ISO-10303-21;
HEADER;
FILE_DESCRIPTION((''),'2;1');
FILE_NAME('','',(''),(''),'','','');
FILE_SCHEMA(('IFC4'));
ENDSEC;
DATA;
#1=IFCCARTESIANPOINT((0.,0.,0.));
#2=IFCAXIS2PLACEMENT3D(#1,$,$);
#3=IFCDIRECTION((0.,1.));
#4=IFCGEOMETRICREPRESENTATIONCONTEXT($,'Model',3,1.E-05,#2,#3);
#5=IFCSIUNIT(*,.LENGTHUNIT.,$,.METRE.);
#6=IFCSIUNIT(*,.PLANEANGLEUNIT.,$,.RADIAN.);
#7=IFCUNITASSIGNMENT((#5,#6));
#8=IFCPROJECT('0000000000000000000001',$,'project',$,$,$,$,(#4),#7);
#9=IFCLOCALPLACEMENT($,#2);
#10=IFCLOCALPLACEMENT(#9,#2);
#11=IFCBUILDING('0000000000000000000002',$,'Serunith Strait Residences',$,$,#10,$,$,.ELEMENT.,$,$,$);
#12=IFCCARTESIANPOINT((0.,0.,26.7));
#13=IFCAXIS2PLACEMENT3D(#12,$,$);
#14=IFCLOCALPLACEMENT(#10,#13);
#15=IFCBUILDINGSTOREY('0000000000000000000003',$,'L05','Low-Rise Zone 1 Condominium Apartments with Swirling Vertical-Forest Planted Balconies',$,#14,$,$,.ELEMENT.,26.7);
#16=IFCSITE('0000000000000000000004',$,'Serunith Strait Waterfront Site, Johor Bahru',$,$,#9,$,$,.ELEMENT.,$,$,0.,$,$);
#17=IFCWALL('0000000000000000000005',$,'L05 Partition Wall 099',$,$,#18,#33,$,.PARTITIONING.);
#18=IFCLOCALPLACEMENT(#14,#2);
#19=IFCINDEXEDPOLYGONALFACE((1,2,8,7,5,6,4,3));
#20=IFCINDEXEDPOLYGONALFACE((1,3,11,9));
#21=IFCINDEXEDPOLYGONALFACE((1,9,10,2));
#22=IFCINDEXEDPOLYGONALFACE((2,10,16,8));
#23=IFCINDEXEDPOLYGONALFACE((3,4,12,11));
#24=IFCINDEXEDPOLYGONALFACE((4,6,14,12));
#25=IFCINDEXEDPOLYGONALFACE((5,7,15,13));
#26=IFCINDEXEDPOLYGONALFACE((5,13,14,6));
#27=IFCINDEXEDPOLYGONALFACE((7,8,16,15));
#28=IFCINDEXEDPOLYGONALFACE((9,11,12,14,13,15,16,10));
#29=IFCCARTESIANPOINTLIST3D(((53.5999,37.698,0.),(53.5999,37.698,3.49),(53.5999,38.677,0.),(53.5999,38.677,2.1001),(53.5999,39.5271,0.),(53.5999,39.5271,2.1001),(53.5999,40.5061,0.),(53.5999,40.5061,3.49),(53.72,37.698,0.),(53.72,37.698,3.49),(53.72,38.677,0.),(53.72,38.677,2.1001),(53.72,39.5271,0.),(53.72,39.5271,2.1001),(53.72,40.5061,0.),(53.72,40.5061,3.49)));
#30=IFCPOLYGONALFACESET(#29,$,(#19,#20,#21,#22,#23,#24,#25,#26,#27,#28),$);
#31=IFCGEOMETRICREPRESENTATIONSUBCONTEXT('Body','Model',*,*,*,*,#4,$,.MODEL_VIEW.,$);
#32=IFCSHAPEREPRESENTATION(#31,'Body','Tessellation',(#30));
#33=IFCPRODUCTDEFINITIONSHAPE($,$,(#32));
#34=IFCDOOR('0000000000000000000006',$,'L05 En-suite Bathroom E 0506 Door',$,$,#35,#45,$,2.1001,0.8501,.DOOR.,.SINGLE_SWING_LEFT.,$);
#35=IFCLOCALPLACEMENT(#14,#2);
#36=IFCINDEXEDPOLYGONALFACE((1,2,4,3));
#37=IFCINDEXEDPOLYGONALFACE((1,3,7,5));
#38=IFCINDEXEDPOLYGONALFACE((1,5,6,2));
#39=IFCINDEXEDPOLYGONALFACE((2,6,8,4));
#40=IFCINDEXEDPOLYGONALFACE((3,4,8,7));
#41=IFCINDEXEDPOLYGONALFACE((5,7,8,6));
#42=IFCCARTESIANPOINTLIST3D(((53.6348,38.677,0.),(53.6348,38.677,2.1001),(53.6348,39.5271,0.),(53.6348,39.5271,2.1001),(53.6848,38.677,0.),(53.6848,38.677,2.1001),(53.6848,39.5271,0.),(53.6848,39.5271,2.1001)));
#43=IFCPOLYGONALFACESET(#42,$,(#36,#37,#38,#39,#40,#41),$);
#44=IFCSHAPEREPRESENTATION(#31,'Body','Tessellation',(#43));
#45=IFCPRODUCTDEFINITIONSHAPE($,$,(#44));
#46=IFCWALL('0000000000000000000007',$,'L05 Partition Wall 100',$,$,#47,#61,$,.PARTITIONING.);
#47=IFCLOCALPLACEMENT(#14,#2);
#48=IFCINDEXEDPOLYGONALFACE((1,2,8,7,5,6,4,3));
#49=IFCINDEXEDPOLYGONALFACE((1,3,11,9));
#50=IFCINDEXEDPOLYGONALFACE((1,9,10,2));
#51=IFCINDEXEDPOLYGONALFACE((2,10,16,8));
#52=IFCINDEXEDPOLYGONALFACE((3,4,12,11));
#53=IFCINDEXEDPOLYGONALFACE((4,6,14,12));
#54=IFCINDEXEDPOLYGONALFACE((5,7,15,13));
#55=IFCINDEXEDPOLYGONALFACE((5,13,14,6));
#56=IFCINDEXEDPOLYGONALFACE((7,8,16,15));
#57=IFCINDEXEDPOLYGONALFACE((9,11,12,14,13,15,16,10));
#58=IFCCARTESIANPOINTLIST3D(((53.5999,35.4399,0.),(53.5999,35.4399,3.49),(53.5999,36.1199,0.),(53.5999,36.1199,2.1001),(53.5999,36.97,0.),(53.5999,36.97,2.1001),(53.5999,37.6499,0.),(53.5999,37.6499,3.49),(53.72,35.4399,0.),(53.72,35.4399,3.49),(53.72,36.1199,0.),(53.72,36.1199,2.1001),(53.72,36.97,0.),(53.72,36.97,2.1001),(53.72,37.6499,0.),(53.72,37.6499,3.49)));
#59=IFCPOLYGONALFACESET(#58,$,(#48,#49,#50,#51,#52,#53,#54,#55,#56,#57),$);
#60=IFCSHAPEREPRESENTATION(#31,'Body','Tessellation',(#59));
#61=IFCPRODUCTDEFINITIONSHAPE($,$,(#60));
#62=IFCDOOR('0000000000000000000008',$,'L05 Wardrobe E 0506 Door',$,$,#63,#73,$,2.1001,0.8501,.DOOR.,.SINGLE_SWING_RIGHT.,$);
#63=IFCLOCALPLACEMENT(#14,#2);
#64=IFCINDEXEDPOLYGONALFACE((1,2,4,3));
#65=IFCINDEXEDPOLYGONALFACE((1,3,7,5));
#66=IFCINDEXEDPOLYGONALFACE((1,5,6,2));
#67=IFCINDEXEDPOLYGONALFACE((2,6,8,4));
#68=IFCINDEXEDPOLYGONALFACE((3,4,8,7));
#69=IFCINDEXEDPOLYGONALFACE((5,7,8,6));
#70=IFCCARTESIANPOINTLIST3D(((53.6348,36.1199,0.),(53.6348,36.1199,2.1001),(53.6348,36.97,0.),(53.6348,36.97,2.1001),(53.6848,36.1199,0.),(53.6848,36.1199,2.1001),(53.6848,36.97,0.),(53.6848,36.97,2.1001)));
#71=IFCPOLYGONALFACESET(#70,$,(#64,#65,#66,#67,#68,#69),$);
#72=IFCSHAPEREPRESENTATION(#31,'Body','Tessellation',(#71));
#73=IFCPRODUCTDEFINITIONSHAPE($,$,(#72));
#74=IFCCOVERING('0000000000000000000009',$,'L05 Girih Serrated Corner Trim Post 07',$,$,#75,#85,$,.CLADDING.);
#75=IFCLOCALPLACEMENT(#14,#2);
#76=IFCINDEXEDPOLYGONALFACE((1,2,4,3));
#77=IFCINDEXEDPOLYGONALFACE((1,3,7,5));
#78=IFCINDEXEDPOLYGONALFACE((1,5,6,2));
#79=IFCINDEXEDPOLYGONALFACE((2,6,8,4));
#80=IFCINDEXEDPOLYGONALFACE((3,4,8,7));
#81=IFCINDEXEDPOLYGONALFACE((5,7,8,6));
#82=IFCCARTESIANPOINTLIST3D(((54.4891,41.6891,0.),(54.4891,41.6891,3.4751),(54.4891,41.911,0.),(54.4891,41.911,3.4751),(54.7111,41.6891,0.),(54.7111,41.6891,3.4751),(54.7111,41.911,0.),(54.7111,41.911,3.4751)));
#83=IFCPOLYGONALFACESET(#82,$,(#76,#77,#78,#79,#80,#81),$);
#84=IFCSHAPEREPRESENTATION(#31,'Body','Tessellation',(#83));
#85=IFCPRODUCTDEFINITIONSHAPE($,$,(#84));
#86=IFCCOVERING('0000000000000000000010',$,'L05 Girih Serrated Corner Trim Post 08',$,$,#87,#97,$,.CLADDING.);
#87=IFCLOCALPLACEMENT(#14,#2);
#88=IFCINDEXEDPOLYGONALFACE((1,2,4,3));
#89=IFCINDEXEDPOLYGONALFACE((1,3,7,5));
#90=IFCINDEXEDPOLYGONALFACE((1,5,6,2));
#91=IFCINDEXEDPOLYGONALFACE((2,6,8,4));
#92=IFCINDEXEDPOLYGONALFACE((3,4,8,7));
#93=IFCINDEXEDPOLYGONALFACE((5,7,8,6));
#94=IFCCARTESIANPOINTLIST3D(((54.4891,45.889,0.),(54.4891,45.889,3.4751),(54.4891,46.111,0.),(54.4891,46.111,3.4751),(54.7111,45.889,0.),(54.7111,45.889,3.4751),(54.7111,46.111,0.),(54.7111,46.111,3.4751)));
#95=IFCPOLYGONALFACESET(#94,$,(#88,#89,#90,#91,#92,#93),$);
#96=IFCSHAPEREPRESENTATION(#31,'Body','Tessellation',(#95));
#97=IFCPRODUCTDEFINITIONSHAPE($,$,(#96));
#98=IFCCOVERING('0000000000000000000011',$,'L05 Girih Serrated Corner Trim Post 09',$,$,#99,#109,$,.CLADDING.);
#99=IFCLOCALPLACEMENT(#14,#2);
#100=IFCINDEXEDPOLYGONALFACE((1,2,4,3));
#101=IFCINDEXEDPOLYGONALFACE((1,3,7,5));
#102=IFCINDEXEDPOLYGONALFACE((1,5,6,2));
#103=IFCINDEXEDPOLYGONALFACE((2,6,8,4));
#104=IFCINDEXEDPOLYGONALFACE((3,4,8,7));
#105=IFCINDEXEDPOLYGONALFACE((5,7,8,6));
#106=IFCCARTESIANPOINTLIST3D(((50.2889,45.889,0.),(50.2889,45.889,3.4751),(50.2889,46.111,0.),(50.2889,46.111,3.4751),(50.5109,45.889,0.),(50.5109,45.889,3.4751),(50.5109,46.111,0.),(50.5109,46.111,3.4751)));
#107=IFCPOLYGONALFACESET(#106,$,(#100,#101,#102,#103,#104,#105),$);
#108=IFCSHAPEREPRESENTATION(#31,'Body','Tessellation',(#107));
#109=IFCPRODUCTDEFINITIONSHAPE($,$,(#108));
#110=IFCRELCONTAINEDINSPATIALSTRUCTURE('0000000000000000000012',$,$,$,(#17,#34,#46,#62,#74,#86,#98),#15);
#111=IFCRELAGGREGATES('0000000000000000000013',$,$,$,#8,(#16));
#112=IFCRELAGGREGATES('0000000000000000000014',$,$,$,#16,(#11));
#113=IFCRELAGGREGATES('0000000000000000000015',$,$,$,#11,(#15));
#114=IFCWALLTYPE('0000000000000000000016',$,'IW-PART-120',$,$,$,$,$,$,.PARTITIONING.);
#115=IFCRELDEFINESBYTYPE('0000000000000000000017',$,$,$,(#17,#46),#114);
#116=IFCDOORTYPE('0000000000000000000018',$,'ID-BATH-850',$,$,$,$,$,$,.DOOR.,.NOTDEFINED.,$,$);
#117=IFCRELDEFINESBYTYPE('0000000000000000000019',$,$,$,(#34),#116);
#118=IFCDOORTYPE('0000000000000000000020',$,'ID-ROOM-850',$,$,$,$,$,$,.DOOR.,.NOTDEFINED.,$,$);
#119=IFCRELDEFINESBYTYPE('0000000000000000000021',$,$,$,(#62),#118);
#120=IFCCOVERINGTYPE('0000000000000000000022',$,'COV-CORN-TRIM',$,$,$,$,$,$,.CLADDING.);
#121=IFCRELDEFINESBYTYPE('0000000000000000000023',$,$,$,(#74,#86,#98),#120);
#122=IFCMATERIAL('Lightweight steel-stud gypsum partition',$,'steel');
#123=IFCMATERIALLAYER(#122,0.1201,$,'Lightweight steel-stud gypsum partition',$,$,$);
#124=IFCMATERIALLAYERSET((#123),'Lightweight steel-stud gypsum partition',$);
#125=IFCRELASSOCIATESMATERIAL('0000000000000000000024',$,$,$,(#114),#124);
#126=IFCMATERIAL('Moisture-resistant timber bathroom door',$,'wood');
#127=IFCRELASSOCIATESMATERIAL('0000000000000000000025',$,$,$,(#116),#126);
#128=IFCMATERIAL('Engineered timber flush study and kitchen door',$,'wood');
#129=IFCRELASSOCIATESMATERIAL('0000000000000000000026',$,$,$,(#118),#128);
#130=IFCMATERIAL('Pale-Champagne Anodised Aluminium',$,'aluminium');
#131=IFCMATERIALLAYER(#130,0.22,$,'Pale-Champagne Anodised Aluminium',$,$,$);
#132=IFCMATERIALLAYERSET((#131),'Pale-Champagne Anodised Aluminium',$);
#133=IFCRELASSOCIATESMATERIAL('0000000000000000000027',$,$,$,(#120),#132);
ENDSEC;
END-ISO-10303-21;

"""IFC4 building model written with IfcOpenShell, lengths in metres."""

from ifc_helpers import new_model, si_unit, direction, frame, frame_2d, origin, origin_2d, place, context, subcontext, project, spatial, rectangle, extrude, source, transform, mapped, material, layer, layer_set, type_object, element, fill, save


model = new_model("IFC4")

# Units and contexts
model_context = context("Model", 3, precision=1e-05, world=origin(), true_north=direction((0.0, 1.0)))
body_context = subcontext(model_context, "Body", "Model", "MODEL_VIEW")
ifc_project = project(units=[si_unit("LENGTHUNIT", "METRE"), si_unit("PLANEANGLEUNIT", "RADIAN")], contexts=[model_context])

# Site, building, storey
site_placement = place(None, origin())
site = spatial("IfcSite", under=ifc_project, at=site_placement, Name="Serunith Strait Waterfront Site, Johor Bahru", CompositionType="ELEMENT", RefElevation=0.0)
building_placement = place(site_placement, origin())
building = spatial("IfcBuilding", under=site, at=building_placement, Name="Serunith Strait Residences", CompositionType="ELEMENT")
storey_placement = place(building_placement, frame((0.0, 0.0, 26.7)))
storey = spatial("IfcBuildingStorey", under=building, at=storey_placement, Name="L05", Description="Low-Rise Zone 1 Condominium Apartments with Swirling Vertical-Forest Planted Balconies", CompositionType="ELEMENT", Elevation=26.7)

# Shared definitions
ifc_material_1 = material(Name="Pale-Champagne Anodised Aluminium", Category="aluminium")

# Shared definitions
ifc_material_2 = material(Name="Lightweight steel-stud gypsum partition", Category="steel")
ifc_layer_1 = layer(ifc_material_2, 0.1201, Name="Lightweight steel-stud gypsum partition")
ifc_layer_set_1 = layer_set([ifc_layer_1], Name="Lightweight steel-stud gypsum partition")
wall_type_1 = type_object("IfcWallType", Name="IW-PART-120", PredefinedType="PARTITIONING", material=ifc_layer_set_1)

# Walls, openings, doors
wall_1_placement = place(storey_placement, frame((53.6599, 40.5061, 0.0), z_axis=(0.0, 0.0, 1.0), x_axis=(0.0, -1.0, 0.0)))
wall_1 = element("IfcWall", 1, at=wall_1_placement, inside=storey, type_object=wall_type_1, Name="L05 Partition Wall 099", PredefinedType="PARTITIONING", context=body_context, shape_type="SweptSolid", body=[
    extrude(rectangle(XDim=2.8081, YDim=0.1201, at=frame_2d((1.4041, 0.0))), origin(), (0.0, 0.0, 1.0), 3.49),
])
opening_1_placement = place(wall_1_placement, frame((0.979, 0.0, 0.0)))
opening_1 = element("IfcOpeningElement", 2, at=opening_1_placement, cuts=wall_1, PredefinedType="OPENING", context=body_context, shape_type="SweptSolid", body=[
    extrude(rectangle(XDim=0.8501, YDim=2.1001, at=frame_2d((0.425, 1.05))), frame((0.0, 0.0701, 0.0), z_axis=(0.0, -1.0, 0.0), x_axis=(1.0, 0.0, 0.0)), (0.0, 0.0, 1.0), 0.1401),
])
ifc_material_3 = material(Name="Moisture-resistant timber bathroom door", Category="wood")
door_type_1 = type_object("IfcDoorType", Name="ID-BATH-850", OperationType="NOTDEFINED", PredefinedType="DOOR", material=ifc_material_3)
shared_shape_1 = source(origin(), body_context, "Body", "SweptSolid", [
    extrude(rectangle(XDim=0.8501, YDim=2.1001, at=frame_2d((0.425, 1.05))), frame((0.0, 0.0249, 0.0), z_axis=(0.0, -1.0, 0.0), x_axis=(1.0, 0.0, 0.0)), (0.0, 0.0, 1.0), 0.05),
])
door_1_placement = place(opening_1_placement, origin())
door_1 = element("IfcDoor", 3, at=door_1_placement, inside=storey, type_object=door_type_1, Name="L05 En-suite Bathroom E 0506 Door", OperationType="SINGLE_SWING_LEFT", OverallHeight=2.1001, OverallWidth=0.8501, PredefinedType="DOOR", context=body_context, shape_type="MappedRepresentation", body=[
    mapped(shared_shape_1, transform((0.0, 0.0, 0.0), scale=1.0)),
])
fill(opening_1, door_1)
wall_2_placement = place(storey_placement, frame((53.6599, 37.6499, 0.0), z_axis=(0.0, 0.0, 1.0), x_axis=(0.0, -1.0, 0.0)))
wall_2 = element("IfcWall", 4, at=wall_2_placement, inside=storey, type_object=wall_type_1, Name="L05 Partition Wall 100", PredefinedType="PARTITIONING", context=body_context, shape_type="SweptSolid", body=[
    extrude(rectangle(XDim=2.21, YDim=0.1201, at=frame_2d((1.105, 0.0))), origin(), (0.0, 0.0, 1.0), 3.49),
])
opening_2_placement = place(wall_2_placement, frame((0.6799, 0.0, 0.0)))
opening_2 = element("IfcOpeningElement", 5, at=opening_2_placement, cuts=wall_2, PredefinedType="OPENING", context=body_context, shape_type="SweptSolid", body=[
    extrude(rectangle(XDim=0.8501, YDim=2.1001, at=frame_2d((0.425, 1.05))), frame((0.0, 0.0701, 0.0), z_axis=(0.0, -1.0, 0.0), x_axis=(1.0, 0.0, 0.0)), (0.0, 0.0, 1.0), 0.1401),
])
ifc_material_4 = material(Name="Engineered timber flush study and kitchen door", Category="wood")
door_type_2 = type_object("IfcDoorType", Name="ID-ROOM-850", OperationType="NOTDEFINED", PredefinedType="DOOR", material=ifc_material_4)
door_2_placement = place(opening_2_placement, origin())
door_2 = element("IfcDoor", 6, at=door_2_placement, inside=storey, type_object=door_type_2, Name="L05 Wardrobe E 0506 Door", OperationType="SINGLE_SWING_RIGHT", OverallHeight=2.1001, OverallWidth=0.8501, PredefinedType="DOOR", context=body_context, shape_type="MappedRepresentation", body=[
    mapped(shared_shape_1, transform((0.0, 0.0, 0.0), scale=1.0)),
])
fill(opening_2, door_2)

# Coverings
ifc_layer_2 = layer(ifc_material_1, 0.22, Name="Pale-Champagne Anodised Aluminium")
ifc_layer_set_2 = layer_set([ifc_layer_2], Name="Pale-Champagne Anodised Aluminium")
covering_type = type_object("IfcCoveringType", Name="COV-CORN-TRIM", PredefinedType="CLADDING", material=ifc_layer_set_2)
shared_shape_2 = source(origin(), body_context, "Body", "SweptSolid", [
    extrude(rectangle(XDim=0.2219, YDim=0.2219, at=origin_2d()), origin(), (0.0, 0.0, 1.0), 3.4751),
])
for number, where, z_axis, x_axis, name in (
    (7, (54.6001, 41.8, 0.0), (0.0, 0.0, 1.0), (1.0, 0.0, 0.0), "L05 Girih Serrated Corner Trim Post 07"),
    (8, (54.6001, 46.0, 0.0), (0.0, 0.0, 1.0), (1.0, 0.0, 0.0), "L05 Girih Serrated Corner Trim Post 08"),
    (9, (50.3999, 46.0, 0.0), (0.0, 0.0, 1.0), (1.0, 0.0, 0.0), "L05 Girih Serrated Corner Trim Post 09"),
):
    element("IfcCovering", number, at=place(storey_placement, frame(where, z_axis=z_axis, x_axis=x_axis)), inside=storey, type_object=covering_type, Name=name, PredefinedType="CLADDING", context=body_context, shape_type="MappedRepresentation", body=[
        mapped(shared_shape_2, transform((0.0, 0.0, 0.0), scale=1.0)),
    ])

save(model, "model.ifc")
